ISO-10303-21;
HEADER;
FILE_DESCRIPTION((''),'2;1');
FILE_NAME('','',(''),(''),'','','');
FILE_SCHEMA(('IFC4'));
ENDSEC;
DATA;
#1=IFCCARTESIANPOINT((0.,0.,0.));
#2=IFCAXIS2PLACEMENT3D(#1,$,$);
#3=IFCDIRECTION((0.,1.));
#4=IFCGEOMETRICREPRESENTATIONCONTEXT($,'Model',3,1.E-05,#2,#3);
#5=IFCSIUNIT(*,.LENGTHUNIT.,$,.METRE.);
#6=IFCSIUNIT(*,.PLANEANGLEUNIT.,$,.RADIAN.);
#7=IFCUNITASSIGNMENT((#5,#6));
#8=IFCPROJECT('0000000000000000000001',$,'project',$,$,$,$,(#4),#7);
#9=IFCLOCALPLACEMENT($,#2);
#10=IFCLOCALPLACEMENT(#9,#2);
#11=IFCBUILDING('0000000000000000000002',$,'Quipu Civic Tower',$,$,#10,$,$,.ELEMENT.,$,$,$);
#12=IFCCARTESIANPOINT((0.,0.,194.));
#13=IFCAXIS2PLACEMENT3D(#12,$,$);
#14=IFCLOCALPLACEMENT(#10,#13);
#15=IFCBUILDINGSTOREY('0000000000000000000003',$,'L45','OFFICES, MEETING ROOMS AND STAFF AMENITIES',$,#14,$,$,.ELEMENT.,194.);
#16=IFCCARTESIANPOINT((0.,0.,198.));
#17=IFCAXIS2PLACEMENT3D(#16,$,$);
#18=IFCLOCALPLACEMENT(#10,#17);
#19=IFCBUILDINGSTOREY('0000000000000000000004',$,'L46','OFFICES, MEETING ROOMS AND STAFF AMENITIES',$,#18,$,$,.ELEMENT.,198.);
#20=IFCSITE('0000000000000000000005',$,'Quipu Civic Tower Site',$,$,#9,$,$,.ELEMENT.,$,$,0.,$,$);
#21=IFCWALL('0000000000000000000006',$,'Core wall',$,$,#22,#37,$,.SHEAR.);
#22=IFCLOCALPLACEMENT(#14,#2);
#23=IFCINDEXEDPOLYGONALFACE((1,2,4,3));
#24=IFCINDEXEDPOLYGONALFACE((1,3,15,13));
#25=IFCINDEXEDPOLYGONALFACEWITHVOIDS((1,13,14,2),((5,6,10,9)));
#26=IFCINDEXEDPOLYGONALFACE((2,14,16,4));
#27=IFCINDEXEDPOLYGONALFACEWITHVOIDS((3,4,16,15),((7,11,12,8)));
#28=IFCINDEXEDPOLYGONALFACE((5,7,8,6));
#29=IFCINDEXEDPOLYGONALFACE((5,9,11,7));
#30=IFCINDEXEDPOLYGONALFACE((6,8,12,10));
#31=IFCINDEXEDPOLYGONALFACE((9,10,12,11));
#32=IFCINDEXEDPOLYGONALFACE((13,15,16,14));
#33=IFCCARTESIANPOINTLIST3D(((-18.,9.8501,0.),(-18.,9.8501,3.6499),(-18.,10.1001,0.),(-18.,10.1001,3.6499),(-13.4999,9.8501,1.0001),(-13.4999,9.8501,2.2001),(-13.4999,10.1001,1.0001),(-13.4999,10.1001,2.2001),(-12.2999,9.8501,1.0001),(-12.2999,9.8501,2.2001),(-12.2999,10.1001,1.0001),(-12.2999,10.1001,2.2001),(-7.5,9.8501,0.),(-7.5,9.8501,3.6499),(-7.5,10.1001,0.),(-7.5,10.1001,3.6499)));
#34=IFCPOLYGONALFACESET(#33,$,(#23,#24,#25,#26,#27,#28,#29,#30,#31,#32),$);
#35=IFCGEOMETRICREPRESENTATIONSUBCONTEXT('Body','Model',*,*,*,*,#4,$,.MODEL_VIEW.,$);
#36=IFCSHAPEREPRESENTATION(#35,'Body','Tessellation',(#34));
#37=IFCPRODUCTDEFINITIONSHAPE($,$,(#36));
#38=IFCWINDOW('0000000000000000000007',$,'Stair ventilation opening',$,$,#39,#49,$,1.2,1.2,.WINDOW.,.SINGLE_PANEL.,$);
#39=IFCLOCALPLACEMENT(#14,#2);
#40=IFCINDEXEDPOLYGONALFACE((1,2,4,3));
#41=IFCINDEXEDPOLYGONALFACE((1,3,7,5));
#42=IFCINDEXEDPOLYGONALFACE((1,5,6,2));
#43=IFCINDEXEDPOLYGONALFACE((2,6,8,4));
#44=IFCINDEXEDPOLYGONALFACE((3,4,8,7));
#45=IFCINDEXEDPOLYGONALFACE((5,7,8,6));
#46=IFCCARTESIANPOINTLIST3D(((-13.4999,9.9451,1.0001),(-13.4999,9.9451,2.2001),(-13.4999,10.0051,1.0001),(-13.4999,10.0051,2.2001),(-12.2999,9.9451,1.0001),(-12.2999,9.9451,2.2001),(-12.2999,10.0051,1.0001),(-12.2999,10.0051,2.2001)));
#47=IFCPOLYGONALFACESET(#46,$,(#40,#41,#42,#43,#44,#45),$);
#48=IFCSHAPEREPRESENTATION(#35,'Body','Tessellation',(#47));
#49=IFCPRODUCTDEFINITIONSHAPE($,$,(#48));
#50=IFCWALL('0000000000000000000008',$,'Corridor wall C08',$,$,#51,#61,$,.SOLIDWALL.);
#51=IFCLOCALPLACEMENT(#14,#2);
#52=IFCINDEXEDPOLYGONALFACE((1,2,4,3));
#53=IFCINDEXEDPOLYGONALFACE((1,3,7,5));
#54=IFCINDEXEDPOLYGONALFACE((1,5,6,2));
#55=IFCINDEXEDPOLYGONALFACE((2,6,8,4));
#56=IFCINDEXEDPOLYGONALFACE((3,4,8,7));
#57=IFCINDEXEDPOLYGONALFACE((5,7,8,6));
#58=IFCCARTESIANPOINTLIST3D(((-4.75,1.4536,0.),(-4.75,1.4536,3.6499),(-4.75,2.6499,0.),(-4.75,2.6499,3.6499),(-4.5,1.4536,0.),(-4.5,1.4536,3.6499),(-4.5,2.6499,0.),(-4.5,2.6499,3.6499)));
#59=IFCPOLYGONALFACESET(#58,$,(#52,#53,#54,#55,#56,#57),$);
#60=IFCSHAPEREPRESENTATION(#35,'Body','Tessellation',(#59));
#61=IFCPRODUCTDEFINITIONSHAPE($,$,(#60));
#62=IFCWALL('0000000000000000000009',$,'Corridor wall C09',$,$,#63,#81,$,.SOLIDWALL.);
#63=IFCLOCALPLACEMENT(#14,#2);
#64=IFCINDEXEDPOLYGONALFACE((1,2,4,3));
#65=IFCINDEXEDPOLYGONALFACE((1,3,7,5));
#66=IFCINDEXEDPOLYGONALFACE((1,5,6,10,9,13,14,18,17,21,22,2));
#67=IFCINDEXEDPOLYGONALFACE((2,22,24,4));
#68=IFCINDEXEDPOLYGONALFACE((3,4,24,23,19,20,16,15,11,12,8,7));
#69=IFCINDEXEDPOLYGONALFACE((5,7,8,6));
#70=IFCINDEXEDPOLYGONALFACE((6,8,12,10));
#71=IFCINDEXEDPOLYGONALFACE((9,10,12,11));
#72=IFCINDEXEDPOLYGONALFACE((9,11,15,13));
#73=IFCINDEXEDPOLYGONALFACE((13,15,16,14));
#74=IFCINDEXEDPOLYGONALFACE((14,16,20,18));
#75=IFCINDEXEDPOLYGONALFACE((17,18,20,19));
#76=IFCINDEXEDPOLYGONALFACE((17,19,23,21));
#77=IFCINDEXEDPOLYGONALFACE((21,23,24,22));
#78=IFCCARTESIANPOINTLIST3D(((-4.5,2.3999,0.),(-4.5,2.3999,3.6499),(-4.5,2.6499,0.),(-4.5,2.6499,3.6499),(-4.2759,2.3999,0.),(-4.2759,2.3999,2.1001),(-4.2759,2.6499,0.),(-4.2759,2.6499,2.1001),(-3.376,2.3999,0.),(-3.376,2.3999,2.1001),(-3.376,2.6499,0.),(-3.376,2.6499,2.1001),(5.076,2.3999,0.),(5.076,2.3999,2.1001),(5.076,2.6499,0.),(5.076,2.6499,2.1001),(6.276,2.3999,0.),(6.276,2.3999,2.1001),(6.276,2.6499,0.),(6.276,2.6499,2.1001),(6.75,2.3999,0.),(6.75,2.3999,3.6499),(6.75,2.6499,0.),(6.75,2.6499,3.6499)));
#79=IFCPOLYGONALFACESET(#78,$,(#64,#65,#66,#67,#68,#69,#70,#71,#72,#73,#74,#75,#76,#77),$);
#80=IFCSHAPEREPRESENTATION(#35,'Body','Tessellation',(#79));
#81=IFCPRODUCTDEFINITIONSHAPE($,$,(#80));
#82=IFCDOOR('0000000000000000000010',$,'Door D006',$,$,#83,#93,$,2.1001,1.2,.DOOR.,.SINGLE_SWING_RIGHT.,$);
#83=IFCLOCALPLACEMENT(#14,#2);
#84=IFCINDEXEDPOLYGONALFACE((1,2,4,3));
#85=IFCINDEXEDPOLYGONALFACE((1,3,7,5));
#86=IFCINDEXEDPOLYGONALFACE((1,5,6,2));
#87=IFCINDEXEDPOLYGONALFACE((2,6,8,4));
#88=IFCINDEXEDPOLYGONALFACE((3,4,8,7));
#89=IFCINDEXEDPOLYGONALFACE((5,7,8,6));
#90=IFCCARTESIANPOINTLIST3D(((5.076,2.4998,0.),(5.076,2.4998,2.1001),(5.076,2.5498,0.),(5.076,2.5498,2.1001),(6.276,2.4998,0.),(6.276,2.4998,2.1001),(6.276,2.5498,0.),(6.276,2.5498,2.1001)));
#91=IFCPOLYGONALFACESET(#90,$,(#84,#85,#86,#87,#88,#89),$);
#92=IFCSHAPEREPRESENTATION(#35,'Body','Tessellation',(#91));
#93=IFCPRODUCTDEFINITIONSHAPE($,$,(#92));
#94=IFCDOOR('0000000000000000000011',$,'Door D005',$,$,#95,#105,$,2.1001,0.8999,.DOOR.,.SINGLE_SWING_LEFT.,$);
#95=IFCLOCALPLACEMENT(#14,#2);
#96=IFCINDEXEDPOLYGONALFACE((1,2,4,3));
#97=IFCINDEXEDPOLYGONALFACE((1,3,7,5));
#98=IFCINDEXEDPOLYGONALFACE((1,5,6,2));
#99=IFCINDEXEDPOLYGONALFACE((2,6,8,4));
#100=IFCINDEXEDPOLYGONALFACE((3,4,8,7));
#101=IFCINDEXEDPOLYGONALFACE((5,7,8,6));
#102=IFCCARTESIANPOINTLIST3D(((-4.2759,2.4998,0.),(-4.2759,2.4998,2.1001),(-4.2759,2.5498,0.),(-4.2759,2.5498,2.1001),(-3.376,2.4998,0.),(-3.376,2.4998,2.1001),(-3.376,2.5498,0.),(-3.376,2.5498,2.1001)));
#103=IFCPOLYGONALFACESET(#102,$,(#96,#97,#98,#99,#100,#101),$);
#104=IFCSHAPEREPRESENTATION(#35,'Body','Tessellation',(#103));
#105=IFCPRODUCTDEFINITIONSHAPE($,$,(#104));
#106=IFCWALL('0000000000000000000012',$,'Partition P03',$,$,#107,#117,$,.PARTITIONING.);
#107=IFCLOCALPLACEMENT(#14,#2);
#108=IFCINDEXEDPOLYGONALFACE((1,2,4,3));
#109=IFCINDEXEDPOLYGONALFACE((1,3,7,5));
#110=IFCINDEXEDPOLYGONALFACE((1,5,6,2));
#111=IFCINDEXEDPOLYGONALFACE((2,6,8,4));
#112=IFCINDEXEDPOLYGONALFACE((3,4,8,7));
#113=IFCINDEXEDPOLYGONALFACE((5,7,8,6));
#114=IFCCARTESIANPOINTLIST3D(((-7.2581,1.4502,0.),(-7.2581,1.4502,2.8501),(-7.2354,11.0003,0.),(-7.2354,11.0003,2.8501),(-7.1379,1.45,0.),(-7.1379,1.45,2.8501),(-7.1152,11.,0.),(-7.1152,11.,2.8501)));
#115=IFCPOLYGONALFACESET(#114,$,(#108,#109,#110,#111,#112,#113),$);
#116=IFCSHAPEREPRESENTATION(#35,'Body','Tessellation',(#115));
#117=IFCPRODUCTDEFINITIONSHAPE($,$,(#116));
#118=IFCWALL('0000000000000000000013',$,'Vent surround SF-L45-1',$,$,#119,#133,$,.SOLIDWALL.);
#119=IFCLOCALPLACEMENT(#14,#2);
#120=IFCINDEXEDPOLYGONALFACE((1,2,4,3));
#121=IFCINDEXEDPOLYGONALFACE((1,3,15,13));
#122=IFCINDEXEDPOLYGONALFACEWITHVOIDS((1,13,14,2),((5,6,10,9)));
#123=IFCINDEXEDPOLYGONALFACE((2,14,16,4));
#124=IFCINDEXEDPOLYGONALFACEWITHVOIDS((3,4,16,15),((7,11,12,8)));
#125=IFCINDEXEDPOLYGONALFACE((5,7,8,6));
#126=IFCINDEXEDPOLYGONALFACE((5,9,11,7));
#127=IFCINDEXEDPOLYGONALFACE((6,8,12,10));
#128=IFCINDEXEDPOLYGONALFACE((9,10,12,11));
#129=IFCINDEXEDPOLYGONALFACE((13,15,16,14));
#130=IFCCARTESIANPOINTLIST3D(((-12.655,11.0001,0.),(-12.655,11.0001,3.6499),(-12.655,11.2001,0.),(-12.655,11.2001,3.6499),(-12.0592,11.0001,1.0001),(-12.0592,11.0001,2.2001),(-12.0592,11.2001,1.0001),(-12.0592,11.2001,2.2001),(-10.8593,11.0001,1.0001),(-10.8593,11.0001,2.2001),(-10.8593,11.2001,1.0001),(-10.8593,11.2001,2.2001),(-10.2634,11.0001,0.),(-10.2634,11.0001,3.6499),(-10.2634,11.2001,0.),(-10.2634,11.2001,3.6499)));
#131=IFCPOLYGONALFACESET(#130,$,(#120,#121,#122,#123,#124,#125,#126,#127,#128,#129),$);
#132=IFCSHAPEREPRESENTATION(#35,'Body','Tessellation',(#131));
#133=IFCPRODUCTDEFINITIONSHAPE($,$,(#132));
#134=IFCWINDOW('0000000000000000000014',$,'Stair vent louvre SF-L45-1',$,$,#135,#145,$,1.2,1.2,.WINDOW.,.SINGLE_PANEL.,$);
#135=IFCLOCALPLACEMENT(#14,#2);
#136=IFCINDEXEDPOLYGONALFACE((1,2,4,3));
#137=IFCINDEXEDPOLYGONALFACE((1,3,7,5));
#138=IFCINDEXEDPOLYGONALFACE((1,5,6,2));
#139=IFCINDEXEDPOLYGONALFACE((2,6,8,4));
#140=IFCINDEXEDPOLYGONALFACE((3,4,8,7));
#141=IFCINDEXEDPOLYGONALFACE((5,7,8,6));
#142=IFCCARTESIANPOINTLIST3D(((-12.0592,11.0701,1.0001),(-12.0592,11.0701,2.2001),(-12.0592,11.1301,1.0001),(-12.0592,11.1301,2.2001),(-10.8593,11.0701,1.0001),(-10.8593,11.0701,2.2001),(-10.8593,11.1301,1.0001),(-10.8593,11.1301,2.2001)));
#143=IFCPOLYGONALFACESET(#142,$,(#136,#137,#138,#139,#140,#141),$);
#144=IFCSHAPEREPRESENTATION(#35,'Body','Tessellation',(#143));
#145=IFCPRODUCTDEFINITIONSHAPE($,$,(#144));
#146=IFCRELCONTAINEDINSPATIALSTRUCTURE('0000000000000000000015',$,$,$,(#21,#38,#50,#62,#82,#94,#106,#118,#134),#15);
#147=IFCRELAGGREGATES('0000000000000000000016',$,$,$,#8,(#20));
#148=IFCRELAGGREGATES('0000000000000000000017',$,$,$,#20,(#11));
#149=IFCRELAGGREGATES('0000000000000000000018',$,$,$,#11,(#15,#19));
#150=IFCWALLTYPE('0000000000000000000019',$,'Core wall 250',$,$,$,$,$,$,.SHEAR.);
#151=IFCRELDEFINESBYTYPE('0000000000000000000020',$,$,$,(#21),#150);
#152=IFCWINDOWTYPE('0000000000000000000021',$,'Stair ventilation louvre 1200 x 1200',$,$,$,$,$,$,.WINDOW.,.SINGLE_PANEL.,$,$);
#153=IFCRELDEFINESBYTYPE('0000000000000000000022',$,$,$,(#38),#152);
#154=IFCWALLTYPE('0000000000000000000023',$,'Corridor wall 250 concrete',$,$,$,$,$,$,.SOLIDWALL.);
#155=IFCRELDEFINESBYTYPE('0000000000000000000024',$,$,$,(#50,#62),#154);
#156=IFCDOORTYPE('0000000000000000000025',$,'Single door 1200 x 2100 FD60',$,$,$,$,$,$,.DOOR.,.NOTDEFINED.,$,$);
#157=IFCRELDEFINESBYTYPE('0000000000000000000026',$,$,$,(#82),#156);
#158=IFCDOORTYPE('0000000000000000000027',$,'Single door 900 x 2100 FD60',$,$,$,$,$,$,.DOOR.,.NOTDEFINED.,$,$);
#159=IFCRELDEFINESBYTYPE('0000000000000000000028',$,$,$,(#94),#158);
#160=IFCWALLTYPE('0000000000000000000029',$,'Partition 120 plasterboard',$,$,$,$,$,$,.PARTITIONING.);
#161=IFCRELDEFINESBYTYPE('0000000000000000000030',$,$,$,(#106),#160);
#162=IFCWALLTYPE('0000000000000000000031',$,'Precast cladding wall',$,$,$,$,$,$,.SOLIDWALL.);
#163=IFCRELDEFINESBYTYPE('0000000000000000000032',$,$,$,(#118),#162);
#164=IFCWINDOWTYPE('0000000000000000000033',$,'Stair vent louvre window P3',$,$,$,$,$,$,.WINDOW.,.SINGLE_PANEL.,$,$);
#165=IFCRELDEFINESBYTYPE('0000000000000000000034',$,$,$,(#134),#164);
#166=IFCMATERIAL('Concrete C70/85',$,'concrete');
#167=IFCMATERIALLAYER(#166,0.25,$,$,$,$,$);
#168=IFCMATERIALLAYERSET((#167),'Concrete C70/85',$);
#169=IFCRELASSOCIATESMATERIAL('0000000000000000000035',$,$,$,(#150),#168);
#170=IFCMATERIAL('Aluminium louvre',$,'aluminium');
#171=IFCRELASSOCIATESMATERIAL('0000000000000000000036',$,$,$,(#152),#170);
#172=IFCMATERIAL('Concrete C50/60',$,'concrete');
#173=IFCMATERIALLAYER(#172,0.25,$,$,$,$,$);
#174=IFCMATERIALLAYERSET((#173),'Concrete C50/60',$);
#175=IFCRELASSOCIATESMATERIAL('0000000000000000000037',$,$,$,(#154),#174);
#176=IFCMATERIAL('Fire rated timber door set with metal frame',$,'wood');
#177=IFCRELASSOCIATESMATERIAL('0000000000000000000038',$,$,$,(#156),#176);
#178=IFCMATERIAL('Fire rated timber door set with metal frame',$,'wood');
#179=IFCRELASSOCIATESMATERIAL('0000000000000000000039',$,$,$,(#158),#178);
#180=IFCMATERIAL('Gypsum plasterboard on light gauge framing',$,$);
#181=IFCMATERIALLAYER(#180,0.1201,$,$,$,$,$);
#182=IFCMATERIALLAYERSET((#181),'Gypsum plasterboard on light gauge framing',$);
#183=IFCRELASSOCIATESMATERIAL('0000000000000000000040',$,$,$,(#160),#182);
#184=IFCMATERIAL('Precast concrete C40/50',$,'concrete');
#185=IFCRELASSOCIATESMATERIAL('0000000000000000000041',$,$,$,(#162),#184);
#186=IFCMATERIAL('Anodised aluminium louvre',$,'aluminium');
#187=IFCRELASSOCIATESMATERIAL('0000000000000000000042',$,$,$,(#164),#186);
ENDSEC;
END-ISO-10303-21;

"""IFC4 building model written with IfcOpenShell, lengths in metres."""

from ifc_helpers import new_model, si_unit, direction, frame, frame_2d, origin, place, context, subcontext, project, spatial, rectangle, extrude, material, layer, layer_set, type_object, element, fill, save


model = new_model("IFC4")

# Units and contexts
model_context = context("Model", 3, precision=1e-05, world=origin(), true_north=direction((0.0, 1.0)))
body_context = subcontext(model_context, "Body", "Model", "MODEL_VIEW")
ifc_project = project(units=[si_unit("LENGTHUNIT", "METRE"), si_unit("PLANEANGLEUNIT", "RADIAN")], contexts=[model_context])

# Site, building, storey
site_placement = place(None, origin())
site = spatial("IfcSite", under=ifc_project, at=site_placement, Name="Quipu Civic Tower Site", CompositionType="ELEMENT", RefElevation=0.0)
building_placement = place(site_placement, origin())
building = spatial("IfcBuilding", under=site, at=building_placement, Name="Quipu Civic Tower", CompositionType="ELEMENT")
storey_1_placement = place(building_placement, frame((0.0, 0.0, 194.0)))
storey_1 = spatial("IfcBuildingStorey", under=building, at=storey_1_placement, Name="L45", Description="OFFICES, MEETING ROOMS AND STAFF AMENITIES", CompositionType="ELEMENT", Elevation=194.0)

# Shared definitions
storey_2_placement = place(building_placement, frame((0.0, 0.0, 198.0)))
storey_2 = spatial("IfcBuildingStorey", under=building, at=storey_2_placement, Name="L46", Description="OFFICES, MEETING ROOMS AND STAFF AMENITIES", CompositionType="ELEMENT", Elevation=198.0)

# Shared definitions
ifc_material_1 = material(Name="Concrete C70/85", Category="concrete")
ifc_layer_1 = layer(ifc_material_1, 0.25)
ifc_layer_set_1 = layer_set([ifc_layer_1], Name="Concrete C70/85")
wall_type_1 = type_object("IfcWallType", Name="Core wall 250", PredefinedType="SHEAR", material=ifc_layer_set_1)

# Wall, opening, window
wall_1_placement = place(storey_1_placement, frame((-18.0, 9.9751, 0.0), z_axis=(0.0, 0.0, 1.0), x_axis=(1.0, 0.0, 0.0)))
wall_1 = element("IfcWall", 1, at=wall_1_placement, inside=storey_1, type_object=wall_type_1, Name="Core wall", PredefinedType="SHEAR", context=body_context, shape_type="SweptSolid", body=[
    extrude(rectangle(XDim=10.5, YDim=0.25, at=frame_2d((5.25, 0.0))), origin(), (0.0, 0.0, 1.0), 3.6499),
])
opening_1_placement = place(wall_1_placement, frame((4.5, 0.0, 1.0)))
opening_1 = element("IfcOpeningElement", 2, at=opening_1_placement, cuts=wall_1, PredefinedType="OPENING", context=body_context, shape_type="SweptSolid", body=[
    extrude(rectangle(XDim=1.2, YDim=1.2, at=frame_2d((0.6001, 0.6001))), frame((0.0, 0.135, 0.0), z_axis=(0.0, -1.0, 0.0), x_axis=(1.0, 0.0, 0.0)), (0.0, 0.0, 1.0), 0.27),
])
ifc_material_2 = material(Name="Aluminium louvre", Category="aluminium")
window_type_1 = type_object("IfcWindowType", Name="Stair ventilation louvre 1200 x 1200", PartitioningType="SINGLE_PANEL", PredefinedType="WINDOW", material=ifc_material_2)
window_1_placement = place(opening_1_placement, origin())
window_1 = element("IfcWindow", 3, at=window_1_placement, inside=storey_1, type_object=window_type_1, Name="Stair ventilation opening", OverallHeight=1.2, OverallWidth=1.2, PartitioningType="SINGLE_PANEL", PredefinedType="WINDOW", context=body_context, shape_type="SweptSolid", body=[
    extrude(rectangle(XDim=1.2, YDim=1.2, at=frame_2d((0.6001, 0.6001))), frame((0.0, 0.03, 0.0), z_axis=(0.0, -1.0, 0.0), x_axis=(1.0, 0.0, 0.0)), (0.0, 0.0, 1.0), 0.0601),
])
fill(opening_1, window_1)

# Wall
ifc_material_3 = material(Name="Concrete C50/60", Category="concrete")
ifc_layer_2 = layer(ifc_material_3, 0.25)
ifc_layer_set_2 = layer_set([ifc_layer_2], Name="Concrete C50/60")
wall_type_2 = type_object("IfcWallType", Name="Corridor wall 250 concrete", PredefinedType="SOLIDWALL", material=ifc_layer_set_2)
wall_2_placement = place(storey_1_placement, frame((-4.625, 1.4536, 0.0), z_axis=(0.0, 0.0, 1.0), x_axis=(0.0, 1.0, 0.0)))
element("IfcWall", 4, at=wall_2_placement, inside=storey_1, type_object=wall_type_2, Name="Corridor wall C08", PredefinedType="SOLIDWALL", context=body_context, shape_type="SweptSolid", body=[
    extrude(rectangle(XDim=1.1963, YDim=0.25, at=frame_2d((0.5981, 0.0))), origin(), (0.0, 0.0, 1.0), 3.6499),
])

# Wall, openings, doors
wall_3_placement = place(storey_1_placement, frame((-4.5, 2.5249, 0.0), z_axis=(0.0, 0.0, 1.0), x_axis=(1.0, 0.0, 0.0)))
wall_3 = element("IfcWall", 5, at=wall_3_placement, inside=storey_1, type_object=wall_type_2, Name="Corridor wall C09", PredefinedType="SOLIDWALL", context=body_context, shape_type="SweptSolid", body=[
    extrude(rectangle(XDim=11.25, YDim=0.25, at=frame_2d((5.625, 0.0))), origin(), (0.0, 0.0, 1.0), 3.6499),
])
opening_2_placement = place(wall_3_placement, frame((0.2241, 0.0, 0.0)))
opening_2 = element("IfcOpeningElement", 6, at=opening_2_placement, cuts=wall_3, PredefinedType="OPENING", context=body_context, shape_type="SweptSolid", body=[
    extrude(rectangle(XDim=0.8999, YDim=2.1001, at=frame_2d((0.45, 1.05))), frame((0.0, 0.135, 0.0), z_axis=(0.0, -1.0, 0.0), x_axis=(1.0, 0.0, 0.0)), (0.0, 0.0, 1.0), 0.27),
])
opening_3_placement = place(wall_3_placement, frame((9.5759, 0.0, 0.0)))
opening_3 = element("IfcOpeningElement", 7, at=opening_3_placement, cuts=wall_3, PredefinedType="OPENING", context=body_context, shape_type="SweptSolid", body=[
    extrude(rectangle(XDim=1.2, YDim=2.1001, at=frame_2d((0.6001, 1.05))), frame((0.0, 0.135, 0.0), z_axis=(0.0, -1.0, 0.0), x_axis=(1.0, 0.0, 0.0)), (0.0, 0.0, 1.0), 0.27),
])
ifc_material_4 = material(Name="Fire rated timber door set with metal frame", Category="wood")
door_type_1 = type_object("IfcDoorType", Name="Single door 1200 x 2100 FD60", OperationType="NOTDEFINED", PredefinedType="DOOR", material=ifc_material_4)
door_1_placement = place(opening_3_placement, origin())
door_1 = element("IfcDoor", 8, at=door_1_placement, inside=storey_1, type_object=door_type_1, Name="Door D006", OperationType="SINGLE_SWING_RIGHT", OverallHeight=2.1001, OverallWidth=1.2, PredefinedType="DOOR", context=body_context, shape_type="SweptSolid", body=[
    extrude(rectangle(XDim=1.2, YDim=2.1001, at=frame_2d((0.6001, 1.05))), frame((0.0, 0.0249, 0.0), z_axis=(0.0, -1.0, 0.0), x_axis=(1.0, 0.0, 0.0)), (0.0, 0.0, 1.0), 0.05),
])
fill(opening_3, door_1)
ifc_material_5 = material(Name="Fire rated timber door set with metal frame", Category="wood")
door_type_2 = type_object("IfcDoorType", Name="Single door 900 x 2100 FD60", OperationType="NOTDEFINED", PredefinedType="DOOR", material=ifc_material_5)
door_2_placement = place(opening_2_placement, origin())
door_2 = element("IfcDoor", 9, at=door_2_placement, inside=storey_1, type_object=door_type_2, Name="Door D005", OperationType="SINGLE_SWING_LEFT", OverallHeight=2.1001, OverallWidth=0.8999, PredefinedType="DOOR", context=body_context, shape_type="SweptSolid", body=[
    extrude(rectangle(XDim=0.8999, YDim=2.1001, at=frame_2d((0.45, 1.05))), frame((0.0, 0.0249, 0.0), z_axis=(0.0, -1.0, 0.0), x_axis=(1.0, 0.0, 0.0)), (0.0, 0.0, 1.0), 0.05),
])
fill(opening_2, door_2)

# Wall
ifc_material_6 = material(Name="Gypsum plasterboard on light gauge framing")
ifc_layer_3 = layer(ifc_material_6, 0.1201)
ifc_layer_set_3 = layer_set([ifc_layer_3], Name="Gypsum plasterboard on light gauge framing")
wall_type_3 = type_object("IfcWallType", Name="Partition 120 plasterboard", PredefinedType="PARTITIONING", material=ifc_layer_set_3)
wall_4_placement = place(storey_1_placement, frame((-7.1753, 11.0, 0.0), z_axis=(0.0, 0.0, 1.0), x_axis=(-0.002377, -0.999997, 0.0)))
element("IfcWall", 10, at=wall_4_placement, inside=storey_1, type_object=wall_type_3, Name="Partition P03", PredefinedType="PARTITIONING", context=body_context, shape_type="SweptSolid", body=[
    extrude(rectangle(XDim=9.55, YDim=0.1201, at=frame_2d((4.7749, 0.0))), origin(), (0.0, 0.0, 1.0), 2.8501),
])

# Wall, opening, window
ifc_material_7 = material(Name="Precast concrete C40/50", Category="concrete")
wall_type_4 = type_object("IfcWallType", Name="Precast cladding wall", PredefinedType="SOLIDWALL", material=ifc_material_7)
wall_5_placement = place(storey_1_placement, frame((-10.2634, 11.1001, 0.0), z_axis=(0.0, 0.0, 1.0), x_axis=(-1.0, 0.0, 0.0)))
wall_5 = element("IfcWall", 11, at=wall_5_placement, inside=storey_1, type_object=wall_type_4, Name="Vent surround SF-L45-1", PredefinedType="SOLIDWALL", context=body_context, shape_type="SweptSolid", body=[
    extrude(rectangle(XDim=2.3916, YDim=0.2, at=frame_2d((1.1958, 0.0))), origin(), (0.0, 0.0, 1.0), 3.6499),
])
opening_4_placement = place(wall_5_placement, frame((0.5957, 0.0, 1.0)))
opening_4 = element("IfcOpeningElement", 12, at=opening_4_placement, cuts=wall_5, PredefinedType="OPENING", context=body_context, shape_type="SweptSolid", body=[
    extrude(rectangle(XDim=1.2, YDim=1.2, at=frame_2d((0.6001, 0.6001))), frame((0.0, 0.1099, 0.0), z_axis=(0.0, -1.0, 0.0), x_axis=(1.0, 0.0, 0.0)), (0.0, 0.0, 1.0), 0.22),
])
ifc_material_8 = material(Name="Anodised aluminium louvre", Category="aluminium")
window_type_2 = type_object("IfcWindowType", Name="Stair vent louvre window P3", PartitioningType="SINGLE_PANEL", PredefinedType="WINDOW", material=ifc_material_8)
window_2_placement = place(opening_4_placement, origin())
window_2 = element("IfcWindow", 13, at=window_2_placement, inside=storey_1, type_object=window_type_2, Name="Stair vent louvre SF-L45-1", OverallHeight=1.2, OverallWidth=1.2, PartitioningType="SINGLE_PANEL", PredefinedType="WINDOW", context=body_context, shape_type="SweptSolid", body=[
    extrude(rectangle(XDim=1.2, YDim=1.2, at=frame_2d((0.6001, 0.6001))), frame((0.0, 0.03, 0.0), z_axis=(0.0, -1.0, 0.0), x_axis=(1.0, 0.0, 0.0)), (0.0, 0.0, 1.0), 0.0601),
])
fill(opening_4, window_2)

save(model, "model.ifc")
